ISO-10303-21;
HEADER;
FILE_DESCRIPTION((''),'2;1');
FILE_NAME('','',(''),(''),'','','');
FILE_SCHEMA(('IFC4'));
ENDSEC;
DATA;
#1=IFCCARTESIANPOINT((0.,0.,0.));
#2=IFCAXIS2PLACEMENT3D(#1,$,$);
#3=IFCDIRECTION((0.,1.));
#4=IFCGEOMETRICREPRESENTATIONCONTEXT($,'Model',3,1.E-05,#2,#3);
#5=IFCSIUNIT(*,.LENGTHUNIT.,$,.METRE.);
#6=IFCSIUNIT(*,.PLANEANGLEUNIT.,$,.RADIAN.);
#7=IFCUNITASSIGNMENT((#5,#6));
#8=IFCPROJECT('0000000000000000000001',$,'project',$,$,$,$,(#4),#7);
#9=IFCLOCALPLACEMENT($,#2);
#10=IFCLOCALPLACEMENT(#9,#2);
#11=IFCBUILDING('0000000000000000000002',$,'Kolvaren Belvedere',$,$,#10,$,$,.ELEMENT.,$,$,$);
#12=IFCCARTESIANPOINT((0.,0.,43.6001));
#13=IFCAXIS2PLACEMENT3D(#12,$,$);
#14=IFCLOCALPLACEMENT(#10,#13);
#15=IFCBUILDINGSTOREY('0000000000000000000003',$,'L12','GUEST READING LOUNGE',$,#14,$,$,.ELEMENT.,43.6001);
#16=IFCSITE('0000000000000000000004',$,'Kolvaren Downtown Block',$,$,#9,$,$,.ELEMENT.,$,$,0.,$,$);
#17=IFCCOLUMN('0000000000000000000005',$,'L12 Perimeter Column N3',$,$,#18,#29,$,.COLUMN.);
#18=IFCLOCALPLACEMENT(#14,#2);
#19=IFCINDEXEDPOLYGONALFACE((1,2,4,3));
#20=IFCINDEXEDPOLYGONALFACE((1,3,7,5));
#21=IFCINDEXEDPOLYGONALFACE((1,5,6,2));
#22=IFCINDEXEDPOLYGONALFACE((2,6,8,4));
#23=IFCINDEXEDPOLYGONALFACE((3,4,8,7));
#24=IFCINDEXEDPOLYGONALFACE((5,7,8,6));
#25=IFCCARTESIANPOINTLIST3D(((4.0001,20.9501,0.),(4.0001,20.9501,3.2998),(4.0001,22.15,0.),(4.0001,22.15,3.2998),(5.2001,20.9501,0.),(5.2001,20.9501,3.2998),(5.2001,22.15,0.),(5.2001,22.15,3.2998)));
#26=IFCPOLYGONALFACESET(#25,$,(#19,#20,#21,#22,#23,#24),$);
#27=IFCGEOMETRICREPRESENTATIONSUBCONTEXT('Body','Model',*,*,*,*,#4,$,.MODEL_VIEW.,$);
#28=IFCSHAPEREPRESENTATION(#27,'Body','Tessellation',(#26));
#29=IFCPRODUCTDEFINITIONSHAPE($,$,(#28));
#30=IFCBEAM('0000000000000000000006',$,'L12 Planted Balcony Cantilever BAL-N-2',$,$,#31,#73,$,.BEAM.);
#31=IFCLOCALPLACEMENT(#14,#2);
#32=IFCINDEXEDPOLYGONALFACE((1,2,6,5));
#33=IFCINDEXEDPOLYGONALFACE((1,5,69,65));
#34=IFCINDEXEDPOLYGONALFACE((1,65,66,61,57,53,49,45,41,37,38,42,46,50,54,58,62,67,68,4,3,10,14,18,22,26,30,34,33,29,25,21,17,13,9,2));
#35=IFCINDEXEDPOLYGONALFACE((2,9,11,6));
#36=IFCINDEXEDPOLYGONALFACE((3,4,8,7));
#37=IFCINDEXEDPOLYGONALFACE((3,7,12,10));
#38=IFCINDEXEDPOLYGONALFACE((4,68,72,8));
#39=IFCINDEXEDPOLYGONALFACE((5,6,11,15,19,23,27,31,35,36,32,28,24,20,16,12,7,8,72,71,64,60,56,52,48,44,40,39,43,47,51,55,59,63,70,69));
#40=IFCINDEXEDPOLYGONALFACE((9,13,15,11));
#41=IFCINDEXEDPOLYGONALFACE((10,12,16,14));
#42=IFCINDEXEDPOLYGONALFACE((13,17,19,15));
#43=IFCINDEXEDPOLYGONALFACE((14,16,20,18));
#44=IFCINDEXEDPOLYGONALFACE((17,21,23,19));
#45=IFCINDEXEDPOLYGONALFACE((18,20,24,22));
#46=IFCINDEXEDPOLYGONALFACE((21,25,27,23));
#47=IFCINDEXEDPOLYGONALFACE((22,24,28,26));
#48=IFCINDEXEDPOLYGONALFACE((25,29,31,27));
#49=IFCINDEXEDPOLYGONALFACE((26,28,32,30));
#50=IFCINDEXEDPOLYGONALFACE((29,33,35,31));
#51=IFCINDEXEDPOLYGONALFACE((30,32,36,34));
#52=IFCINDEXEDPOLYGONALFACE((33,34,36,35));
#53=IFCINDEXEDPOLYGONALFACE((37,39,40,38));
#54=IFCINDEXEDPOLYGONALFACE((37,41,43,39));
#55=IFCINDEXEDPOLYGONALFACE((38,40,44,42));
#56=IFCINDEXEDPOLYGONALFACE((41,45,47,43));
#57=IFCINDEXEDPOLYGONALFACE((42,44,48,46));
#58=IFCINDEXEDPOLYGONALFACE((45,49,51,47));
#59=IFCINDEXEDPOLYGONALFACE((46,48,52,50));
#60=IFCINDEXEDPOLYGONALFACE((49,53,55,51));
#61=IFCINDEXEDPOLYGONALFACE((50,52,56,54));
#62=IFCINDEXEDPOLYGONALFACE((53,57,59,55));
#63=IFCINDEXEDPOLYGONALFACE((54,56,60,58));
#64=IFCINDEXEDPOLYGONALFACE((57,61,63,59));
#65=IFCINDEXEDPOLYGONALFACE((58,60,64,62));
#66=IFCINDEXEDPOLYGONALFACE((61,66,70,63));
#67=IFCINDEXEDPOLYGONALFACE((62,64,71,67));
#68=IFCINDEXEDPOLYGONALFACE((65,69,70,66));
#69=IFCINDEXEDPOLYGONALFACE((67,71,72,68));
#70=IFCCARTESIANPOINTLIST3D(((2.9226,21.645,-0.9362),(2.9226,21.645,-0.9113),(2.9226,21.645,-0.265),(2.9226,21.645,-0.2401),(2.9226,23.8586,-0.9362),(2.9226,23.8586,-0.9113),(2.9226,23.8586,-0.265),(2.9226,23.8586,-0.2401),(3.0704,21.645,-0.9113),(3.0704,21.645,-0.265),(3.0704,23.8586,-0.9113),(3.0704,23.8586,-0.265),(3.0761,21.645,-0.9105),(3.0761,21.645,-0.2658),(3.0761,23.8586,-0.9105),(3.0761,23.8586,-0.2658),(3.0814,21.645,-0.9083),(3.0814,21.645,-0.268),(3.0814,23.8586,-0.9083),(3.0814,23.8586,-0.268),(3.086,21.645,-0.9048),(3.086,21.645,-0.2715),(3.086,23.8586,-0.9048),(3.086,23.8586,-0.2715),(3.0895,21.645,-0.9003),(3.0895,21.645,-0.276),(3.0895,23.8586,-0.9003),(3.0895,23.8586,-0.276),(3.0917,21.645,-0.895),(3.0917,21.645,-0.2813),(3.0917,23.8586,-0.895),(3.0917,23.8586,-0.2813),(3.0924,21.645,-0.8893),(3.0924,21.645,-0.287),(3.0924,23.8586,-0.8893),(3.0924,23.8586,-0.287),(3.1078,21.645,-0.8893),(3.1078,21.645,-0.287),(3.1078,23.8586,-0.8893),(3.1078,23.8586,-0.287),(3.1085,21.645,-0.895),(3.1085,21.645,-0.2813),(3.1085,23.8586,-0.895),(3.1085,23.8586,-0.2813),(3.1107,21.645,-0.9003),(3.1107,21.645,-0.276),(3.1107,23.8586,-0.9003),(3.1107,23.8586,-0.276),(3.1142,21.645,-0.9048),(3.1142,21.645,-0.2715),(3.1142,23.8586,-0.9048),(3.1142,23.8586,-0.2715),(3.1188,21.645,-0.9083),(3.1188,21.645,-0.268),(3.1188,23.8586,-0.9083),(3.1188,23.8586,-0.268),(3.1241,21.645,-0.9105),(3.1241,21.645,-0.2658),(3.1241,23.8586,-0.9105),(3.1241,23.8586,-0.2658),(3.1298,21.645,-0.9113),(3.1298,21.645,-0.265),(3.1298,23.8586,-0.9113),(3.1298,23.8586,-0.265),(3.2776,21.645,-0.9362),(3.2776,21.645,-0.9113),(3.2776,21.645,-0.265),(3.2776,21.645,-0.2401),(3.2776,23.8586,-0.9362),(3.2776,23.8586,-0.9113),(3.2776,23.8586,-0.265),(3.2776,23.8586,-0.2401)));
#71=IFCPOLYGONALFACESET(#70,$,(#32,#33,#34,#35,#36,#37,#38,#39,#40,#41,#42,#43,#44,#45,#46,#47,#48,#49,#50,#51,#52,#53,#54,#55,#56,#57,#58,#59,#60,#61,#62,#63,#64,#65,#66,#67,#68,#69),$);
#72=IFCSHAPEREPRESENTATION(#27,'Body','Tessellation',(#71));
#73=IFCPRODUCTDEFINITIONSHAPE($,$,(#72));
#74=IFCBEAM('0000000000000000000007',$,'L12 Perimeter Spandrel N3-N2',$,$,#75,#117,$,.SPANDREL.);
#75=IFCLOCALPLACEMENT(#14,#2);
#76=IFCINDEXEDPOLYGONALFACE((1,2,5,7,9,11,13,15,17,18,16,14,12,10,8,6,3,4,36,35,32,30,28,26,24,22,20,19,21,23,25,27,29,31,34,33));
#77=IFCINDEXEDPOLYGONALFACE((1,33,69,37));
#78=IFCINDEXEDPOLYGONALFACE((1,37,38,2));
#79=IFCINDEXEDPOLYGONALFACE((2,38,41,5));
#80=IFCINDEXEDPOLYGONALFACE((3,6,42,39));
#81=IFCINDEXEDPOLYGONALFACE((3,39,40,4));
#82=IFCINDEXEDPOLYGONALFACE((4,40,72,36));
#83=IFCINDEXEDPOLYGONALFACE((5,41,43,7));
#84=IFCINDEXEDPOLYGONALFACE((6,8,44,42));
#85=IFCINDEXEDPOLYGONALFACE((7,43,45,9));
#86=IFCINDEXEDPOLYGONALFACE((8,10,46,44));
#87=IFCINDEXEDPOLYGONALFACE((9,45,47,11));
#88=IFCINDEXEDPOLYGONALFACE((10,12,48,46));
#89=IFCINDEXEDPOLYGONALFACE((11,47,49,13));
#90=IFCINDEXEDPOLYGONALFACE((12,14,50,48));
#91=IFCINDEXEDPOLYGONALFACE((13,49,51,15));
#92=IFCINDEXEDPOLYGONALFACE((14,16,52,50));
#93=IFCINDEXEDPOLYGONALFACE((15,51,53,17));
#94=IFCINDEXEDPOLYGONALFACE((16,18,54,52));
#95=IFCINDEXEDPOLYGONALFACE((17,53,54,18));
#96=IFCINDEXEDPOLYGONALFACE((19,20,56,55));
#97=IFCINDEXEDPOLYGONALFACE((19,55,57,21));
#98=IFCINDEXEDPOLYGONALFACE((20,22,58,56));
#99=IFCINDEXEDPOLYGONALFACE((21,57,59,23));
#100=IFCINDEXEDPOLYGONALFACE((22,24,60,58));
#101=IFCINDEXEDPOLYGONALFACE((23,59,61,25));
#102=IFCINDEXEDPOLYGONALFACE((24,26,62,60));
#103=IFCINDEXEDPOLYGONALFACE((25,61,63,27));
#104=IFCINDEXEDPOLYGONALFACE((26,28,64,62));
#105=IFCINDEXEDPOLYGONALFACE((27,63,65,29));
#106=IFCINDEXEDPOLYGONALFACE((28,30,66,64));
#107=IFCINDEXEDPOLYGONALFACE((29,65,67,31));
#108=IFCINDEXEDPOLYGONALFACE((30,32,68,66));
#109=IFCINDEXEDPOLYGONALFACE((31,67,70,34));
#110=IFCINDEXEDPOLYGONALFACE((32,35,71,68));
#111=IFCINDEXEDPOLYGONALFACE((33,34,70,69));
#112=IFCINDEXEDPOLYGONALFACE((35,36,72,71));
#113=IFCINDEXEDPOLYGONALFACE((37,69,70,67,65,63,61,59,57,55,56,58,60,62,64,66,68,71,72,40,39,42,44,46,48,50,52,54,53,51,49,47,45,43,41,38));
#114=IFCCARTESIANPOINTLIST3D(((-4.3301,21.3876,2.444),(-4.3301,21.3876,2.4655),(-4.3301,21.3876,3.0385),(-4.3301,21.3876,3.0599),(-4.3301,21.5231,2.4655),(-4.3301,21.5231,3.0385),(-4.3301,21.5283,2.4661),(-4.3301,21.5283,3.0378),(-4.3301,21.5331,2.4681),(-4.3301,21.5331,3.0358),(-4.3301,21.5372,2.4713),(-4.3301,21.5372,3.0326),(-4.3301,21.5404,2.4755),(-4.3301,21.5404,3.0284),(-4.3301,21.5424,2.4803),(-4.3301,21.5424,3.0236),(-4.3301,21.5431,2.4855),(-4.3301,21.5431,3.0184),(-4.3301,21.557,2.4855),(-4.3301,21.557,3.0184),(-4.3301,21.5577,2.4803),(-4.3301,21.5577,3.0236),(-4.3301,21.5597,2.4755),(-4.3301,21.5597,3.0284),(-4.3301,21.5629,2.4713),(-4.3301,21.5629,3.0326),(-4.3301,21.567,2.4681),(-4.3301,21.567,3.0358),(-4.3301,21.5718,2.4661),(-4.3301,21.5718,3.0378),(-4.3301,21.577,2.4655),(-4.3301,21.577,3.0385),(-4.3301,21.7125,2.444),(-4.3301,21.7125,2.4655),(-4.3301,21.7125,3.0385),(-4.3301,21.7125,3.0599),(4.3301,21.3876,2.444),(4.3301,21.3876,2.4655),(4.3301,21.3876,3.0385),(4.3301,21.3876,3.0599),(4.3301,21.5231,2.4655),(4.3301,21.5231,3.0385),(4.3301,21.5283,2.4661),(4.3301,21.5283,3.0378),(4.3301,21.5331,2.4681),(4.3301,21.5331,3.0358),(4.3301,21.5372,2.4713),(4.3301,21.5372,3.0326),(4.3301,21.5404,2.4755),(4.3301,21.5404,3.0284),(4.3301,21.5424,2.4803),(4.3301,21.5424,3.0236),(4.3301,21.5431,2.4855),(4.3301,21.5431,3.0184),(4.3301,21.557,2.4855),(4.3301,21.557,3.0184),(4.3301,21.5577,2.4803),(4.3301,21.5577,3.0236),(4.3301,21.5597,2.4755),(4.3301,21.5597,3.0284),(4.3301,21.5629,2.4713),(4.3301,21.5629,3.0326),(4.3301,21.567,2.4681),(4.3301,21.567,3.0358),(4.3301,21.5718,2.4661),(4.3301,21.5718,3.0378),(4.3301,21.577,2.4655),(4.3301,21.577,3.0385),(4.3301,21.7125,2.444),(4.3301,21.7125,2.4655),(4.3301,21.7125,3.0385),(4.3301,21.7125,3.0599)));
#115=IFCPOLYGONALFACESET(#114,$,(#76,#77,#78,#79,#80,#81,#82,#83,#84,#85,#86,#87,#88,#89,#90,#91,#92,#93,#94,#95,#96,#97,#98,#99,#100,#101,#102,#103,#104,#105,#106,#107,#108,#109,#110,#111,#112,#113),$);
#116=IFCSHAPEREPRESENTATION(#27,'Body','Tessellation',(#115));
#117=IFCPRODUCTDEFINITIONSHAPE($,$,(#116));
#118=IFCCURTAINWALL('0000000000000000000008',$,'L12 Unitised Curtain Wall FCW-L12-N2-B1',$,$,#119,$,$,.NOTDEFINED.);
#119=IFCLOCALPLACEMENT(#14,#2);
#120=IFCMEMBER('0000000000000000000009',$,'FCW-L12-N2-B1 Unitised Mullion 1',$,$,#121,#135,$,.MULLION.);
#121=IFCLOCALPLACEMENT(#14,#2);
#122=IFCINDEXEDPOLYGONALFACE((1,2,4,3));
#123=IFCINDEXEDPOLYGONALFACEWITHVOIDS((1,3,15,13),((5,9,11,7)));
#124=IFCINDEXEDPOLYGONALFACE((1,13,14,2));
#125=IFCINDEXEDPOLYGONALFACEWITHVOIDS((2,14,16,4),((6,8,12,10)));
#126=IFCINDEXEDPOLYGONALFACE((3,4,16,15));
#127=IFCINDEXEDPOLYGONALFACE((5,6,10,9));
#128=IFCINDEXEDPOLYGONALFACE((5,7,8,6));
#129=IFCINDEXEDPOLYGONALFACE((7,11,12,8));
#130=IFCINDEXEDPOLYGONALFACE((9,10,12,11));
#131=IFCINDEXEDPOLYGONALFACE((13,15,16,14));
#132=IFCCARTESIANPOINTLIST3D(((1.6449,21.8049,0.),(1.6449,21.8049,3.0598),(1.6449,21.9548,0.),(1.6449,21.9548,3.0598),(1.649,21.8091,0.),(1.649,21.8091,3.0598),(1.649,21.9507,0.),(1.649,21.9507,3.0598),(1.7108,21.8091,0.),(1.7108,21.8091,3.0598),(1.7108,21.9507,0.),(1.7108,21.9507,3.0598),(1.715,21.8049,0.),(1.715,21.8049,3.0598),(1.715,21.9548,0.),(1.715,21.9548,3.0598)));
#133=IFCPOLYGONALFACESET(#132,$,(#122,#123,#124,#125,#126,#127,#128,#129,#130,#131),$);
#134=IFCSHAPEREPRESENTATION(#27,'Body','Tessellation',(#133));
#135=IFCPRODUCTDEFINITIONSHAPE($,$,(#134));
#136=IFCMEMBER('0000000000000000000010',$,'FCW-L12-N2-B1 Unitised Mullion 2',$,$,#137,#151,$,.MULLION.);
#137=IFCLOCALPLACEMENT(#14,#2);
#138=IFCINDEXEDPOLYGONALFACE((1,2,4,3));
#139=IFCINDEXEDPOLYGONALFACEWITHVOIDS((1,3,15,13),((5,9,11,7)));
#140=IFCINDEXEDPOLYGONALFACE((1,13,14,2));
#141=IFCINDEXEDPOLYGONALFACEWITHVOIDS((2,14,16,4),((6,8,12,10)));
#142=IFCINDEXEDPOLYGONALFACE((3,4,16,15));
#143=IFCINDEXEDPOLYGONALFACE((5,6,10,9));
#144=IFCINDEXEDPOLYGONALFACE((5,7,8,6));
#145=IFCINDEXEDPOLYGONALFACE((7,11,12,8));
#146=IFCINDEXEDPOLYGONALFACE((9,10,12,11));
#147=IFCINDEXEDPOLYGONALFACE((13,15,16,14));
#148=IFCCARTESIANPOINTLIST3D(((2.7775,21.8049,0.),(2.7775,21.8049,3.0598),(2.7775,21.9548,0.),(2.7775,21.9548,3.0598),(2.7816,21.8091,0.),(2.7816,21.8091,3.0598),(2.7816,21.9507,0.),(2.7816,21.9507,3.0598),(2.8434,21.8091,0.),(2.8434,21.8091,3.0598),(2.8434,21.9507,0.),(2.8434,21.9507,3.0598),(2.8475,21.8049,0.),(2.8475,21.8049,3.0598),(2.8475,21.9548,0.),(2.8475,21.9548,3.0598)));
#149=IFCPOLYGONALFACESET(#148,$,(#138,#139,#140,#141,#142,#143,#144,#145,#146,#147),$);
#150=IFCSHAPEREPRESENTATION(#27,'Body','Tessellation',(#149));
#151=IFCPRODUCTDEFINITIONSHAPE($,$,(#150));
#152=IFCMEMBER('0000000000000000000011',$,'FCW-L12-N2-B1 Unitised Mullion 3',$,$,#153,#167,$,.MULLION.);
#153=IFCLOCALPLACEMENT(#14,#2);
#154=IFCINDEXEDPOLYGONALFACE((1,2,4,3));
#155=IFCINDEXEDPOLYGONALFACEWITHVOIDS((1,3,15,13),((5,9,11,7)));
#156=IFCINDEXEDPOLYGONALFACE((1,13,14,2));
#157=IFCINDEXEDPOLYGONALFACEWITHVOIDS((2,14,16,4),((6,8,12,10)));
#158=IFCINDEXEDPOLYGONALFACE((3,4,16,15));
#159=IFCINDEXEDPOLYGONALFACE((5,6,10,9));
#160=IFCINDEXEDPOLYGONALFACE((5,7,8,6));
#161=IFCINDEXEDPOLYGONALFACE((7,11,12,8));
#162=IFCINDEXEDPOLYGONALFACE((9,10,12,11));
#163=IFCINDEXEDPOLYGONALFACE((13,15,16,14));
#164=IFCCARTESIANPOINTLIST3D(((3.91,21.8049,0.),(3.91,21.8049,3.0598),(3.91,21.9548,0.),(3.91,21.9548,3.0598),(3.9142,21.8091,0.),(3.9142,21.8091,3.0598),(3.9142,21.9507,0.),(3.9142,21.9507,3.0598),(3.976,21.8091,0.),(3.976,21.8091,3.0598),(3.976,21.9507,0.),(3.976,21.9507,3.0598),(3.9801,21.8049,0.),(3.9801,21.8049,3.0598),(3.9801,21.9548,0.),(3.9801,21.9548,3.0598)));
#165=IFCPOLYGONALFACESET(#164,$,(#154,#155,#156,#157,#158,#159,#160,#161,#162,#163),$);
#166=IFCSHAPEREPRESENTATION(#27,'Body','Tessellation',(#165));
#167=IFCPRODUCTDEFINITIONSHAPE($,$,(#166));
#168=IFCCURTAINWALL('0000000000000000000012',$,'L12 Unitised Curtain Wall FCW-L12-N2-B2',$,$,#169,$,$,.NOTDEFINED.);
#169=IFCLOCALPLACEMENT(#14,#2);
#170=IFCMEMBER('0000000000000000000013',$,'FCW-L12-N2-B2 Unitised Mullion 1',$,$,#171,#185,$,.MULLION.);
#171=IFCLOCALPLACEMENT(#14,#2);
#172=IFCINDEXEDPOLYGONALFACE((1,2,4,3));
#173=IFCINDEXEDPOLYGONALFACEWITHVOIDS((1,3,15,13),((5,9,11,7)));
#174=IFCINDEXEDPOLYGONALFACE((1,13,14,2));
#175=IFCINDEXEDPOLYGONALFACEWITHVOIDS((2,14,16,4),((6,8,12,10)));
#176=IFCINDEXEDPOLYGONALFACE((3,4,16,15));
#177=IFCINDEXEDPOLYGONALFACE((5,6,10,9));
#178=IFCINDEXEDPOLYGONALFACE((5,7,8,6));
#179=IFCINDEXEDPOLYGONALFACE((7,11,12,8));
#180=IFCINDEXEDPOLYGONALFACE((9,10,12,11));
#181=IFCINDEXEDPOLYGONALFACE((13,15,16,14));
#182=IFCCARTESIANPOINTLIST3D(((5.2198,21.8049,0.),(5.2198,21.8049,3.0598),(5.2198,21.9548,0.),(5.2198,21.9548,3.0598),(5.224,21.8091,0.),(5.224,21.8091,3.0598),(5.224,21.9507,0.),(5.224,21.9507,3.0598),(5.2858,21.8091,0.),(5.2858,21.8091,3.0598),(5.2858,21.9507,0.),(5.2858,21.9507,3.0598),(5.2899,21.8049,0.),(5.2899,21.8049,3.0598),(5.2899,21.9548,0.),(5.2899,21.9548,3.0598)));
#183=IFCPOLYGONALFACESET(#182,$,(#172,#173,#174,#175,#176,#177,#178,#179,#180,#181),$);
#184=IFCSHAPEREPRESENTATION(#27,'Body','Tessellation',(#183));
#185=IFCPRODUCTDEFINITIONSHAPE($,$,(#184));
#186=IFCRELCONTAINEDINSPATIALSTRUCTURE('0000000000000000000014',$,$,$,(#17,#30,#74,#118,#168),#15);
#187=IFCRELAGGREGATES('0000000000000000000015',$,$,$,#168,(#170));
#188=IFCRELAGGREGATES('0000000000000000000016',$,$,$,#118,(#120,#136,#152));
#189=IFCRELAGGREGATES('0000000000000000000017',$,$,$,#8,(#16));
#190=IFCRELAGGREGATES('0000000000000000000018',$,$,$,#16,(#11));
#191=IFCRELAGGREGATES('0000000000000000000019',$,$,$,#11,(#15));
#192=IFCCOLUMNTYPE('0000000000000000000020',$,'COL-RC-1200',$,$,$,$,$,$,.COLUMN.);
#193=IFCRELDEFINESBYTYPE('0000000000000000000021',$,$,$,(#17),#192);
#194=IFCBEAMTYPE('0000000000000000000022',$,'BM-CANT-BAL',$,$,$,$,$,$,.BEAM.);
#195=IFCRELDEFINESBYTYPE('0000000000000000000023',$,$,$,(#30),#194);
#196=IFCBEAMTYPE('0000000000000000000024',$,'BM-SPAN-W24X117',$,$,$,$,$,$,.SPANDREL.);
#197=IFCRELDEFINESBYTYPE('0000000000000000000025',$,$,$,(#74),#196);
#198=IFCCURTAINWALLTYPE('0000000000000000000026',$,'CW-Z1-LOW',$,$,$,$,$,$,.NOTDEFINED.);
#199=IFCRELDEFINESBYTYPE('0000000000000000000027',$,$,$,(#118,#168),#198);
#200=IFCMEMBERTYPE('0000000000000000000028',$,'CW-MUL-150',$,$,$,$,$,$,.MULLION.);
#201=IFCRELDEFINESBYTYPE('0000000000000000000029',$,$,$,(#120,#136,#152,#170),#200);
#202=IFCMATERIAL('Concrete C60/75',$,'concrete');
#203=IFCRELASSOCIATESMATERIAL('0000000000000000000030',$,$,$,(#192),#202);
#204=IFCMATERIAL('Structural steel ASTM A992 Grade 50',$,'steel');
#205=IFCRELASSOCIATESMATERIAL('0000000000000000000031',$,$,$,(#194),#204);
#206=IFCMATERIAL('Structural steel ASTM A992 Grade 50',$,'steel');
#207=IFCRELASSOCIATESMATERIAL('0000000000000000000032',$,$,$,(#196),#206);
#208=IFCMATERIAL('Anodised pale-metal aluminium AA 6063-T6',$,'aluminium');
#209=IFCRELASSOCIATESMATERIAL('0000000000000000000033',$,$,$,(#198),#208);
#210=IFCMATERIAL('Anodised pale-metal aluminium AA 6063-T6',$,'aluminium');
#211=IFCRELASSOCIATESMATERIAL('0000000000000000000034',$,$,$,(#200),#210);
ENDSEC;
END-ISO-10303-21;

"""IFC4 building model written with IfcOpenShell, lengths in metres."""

from ifc_helpers import new_model, si_unit, direction, frame, origin, origin_2d, place, context, subcontext, project, spatial, rectangle, hollow_rectangle, i_section, extrude, material, material_profile, profile_set, type_object, element, aggregate, save


model = new_model("IFC4")

# Units and contexts
model_context = context("Model", 3, precision=1e-05, world=origin(), true_north=direction((0.0, 1.0)))
body_context = subcontext(model_context, "Body", "Model", "MODEL_VIEW")
ifc_project = project(units=[si_unit("LENGTHUNIT", "METRE"), si_unit("PLANEANGLEUNIT", "RADIAN")], contexts=[model_context])

# Site, building, storey
site_placement = place(None, origin())
site = spatial("IfcSite", under=ifc_project, at=site_placement, Name="Kolvaren Downtown Block", CompositionType="ELEMENT", RefElevation=0.0)
building_placement = place(site_placement, origin())
building = spatial("IfcBuilding", under=site, at=building_placement, Name="Kolvaren Belvedere", CompositionType="ELEMENT")
storey_placement = place(building_placement, frame((0.0, 0.0, 43.6001)))
storey = spatial("IfcBuildingStorey", under=building, at=storey_placement, Name="L12", Description="GUEST READING LOUNGE", CompositionType="ELEMENT", Elevation=43.6001)

# Column
ifc_material_1 = material(Name="Concrete C60/75", Category="concrete")
ifc_material_profile_1 = material_profile(ifc_material_1, rectangle(XDim=1.2, YDim=1.2, at=origin_2d()), Name="RC 1200X1200")
ifc_profile_set_1 = profile_set([ifc_material_profile_1], Name="Concrete C60/75")
column_type = type_object("IfcColumnType", Name="COL-RC-1200", PredefinedType="COLUMN", material=ifc_profile_set_1)
column_placement = place(storey_placement, frame((4.6001, 21.55, 0.0), z_axis=(0.0, 0.0, 1.0), x_axis=(1.0, 0.0, 0.0)))
element("IfcColumn", 1, at=column_placement, inside=storey, type_object=column_type, Name="L12 Perimeter Column N3", PredefinedType="COLUMN", context=body_context, shape_type="SweptSolid", body=[
    extrude(rectangle(XDim=1.2, YDim=1.2, at=origin_2d()), origin(), (0.0, 0.0, 1.0), 3.2998),
])

# Beams
ifc_material_2 = material(Name="Structural steel ASTM A992 Grade 50", Category="steel")
ifc_material_profile_2 = material_profile(ifc_material_2, i_section(OverallWidth=0.355, OverallDepth=0.696, WebThickness=0.0154, FlangeThickness=0.0249, FilletRadius=0.022, at=origin_2d()), Name="W27X146")
ifc_profile_set_2 = profile_set([ifc_material_profile_2], Name="Structural steel ASTM A992 Grade 50")
beam_type_1 = type_object("IfcBeamType", Name="BM-CANT-BAL", PredefinedType="BEAM", material=ifc_profile_set_2)
beam_1_placement = place(storey_placement, frame((3.1001, 21.645, -0.5881), z_axis=(0.0, 1.0, 0.0), x_axis=(-1.0, 0.0, 0.0)))
element("IfcBeam", 2, at=beam_1_placement, inside=storey, type_object=beam_type_1, Name="L12 Planted Balcony Cantilever BAL-N-2", PredefinedType="BEAM", context=body_context, shape_type="SweptSolid", body=[
    extrude(i_section(OverallWidth=0.355, OverallDepth=0.696, WebThickness=0.0154, FlangeThickness=0.0249, FilletRadius=0.022, at=origin_2d()), origin(), (0.0, 0.0, 1.0), 2.2136),
])
ifc_material_3 = material(Name="Structural steel ASTM A992 Grade 50", Category="steel")
ifc_material_profile_3 = material_profile(ifc_material_3, i_section(OverallWidth=0.325, OverallDepth=0.616, WebThickness=0.0139, FlangeThickness=0.0215, FilletRadius=0.02, at=origin_2d()), Name="W24X117")
ifc_profile_set_3 = profile_set([ifc_material_profile_3], Name="Structural steel ASTM A992 Grade 50")
beam_type_2 = type_object("IfcBeamType", Name="BM-SPAN-W24X117", PredefinedType="SPANDREL", material=ifc_profile_set_3)
beam_2_placement = place(storey_placement, frame((4.3301, 21.55, 2.752), z_axis=(-1.0, 0.0, 0.0), x_axis=(0.0, -1.0, 0.0)))
element("IfcBeam", 3, at=beam_2_placement, inside=storey, type_object=beam_type_2, Name="L12 Perimeter Spandrel N3-N2", PredefinedType="SPANDREL", context=body_context, shape_type="SweptSolid", body=[
    extrude(i_section(OverallWidth=0.325, OverallDepth=0.616, WebThickness=0.0139, FlangeThickness=0.0215, FilletRadius=0.02, at=origin_2d()), origin(), (0.0, 0.0, 1.0), 8.6602),
])

# Curtain wall, members
ifc_material_4 = material(Name="Anodised pale-metal aluminium AA 6063-T6", Category="aluminium")
curtain_wall_type = type_object("IfcCurtainWallType", Name="CW-Z1-LOW", PredefinedType="NOTDEFINED", material=ifc_material_4)
curtain_wall_1_placement = place(storey_placement, origin())
curtain_wall_1 = element("IfcCurtainWall", 4, at=curtain_wall_1_placement, inside=storey, type_object=curtain_wall_type, Name="L12 Unitised Curtain Wall FCW-L12-N2-B1", PredefinedType="NOTDEFINED")
ifc_material_5 = material(Name="Anodised pale-metal aluminium AA 6063-T6", Category="aluminium")
ifc_material_profile_4 = material_profile(ifc_material_5, hollow_rectangle(XDim=0.0701, YDim=0.1499, WallThickness=0.0042, at=origin_2d()), Name="ALU-MUL-150X70")
ifc_profile_set_4 = profile_set([ifc_material_profile_4], Name="Anodised pale-metal aluminium AA 6063-T6")
member_type_1 = type_object("IfcMemberType", Name="CW-MUL-150", PredefinedType="MULLION", material=ifc_profile_set_4)
member_1_placement = place(storey_placement, frame((1.6799, 21.8799, 0.0), z_axis=(0.0, 0.0, 1.0), x_axis=(1.0, 0.0, 0.0)))
member_1 = element("IfcMember", 5, at=member_1_placement, type_object=member_type_1, Name="FCW-L12-N2-B1 Unitised Mullion 1", PredefinedType="MULLION", context=body_context, shape_type="SweptSolid", body=[
    extrude(hollow_rectangle(XDim=0.0701, YDim=0.1499, WallThickness=0.0042, at=origin_2d()), origin(), (0.0, 0.0, 1.0), 3.0598),
])
member_2_placement = place(storey_placement, frame((2.8125, 21.8799, 0.0), z_axis=(0.0, 0.0, 1.0), x_axis=(1.0, 0.0, 0.0)))
member_2 = element("IfcMember", 6, at=member_2_placement, type_object=member_type_1, Name="FCW-L12-N2-B1 Unitised Mullion 2", PredefinedType="MULLION", context=body_context, shape_type="SweptSolid", body=[
    extrude(hollow_rectangle(XDim=0.0701, YDim=0.1499, WallThickness=0.0042, at=origin_2d()), origin(), (0.0, 0.0, 1.0), 3.0598),
])
member_3_placement = place(storey_placement, frame((3.9451, 21.8799, 0.0), z_axis=(0.0, 0.0, 1.0), x_axis=(1.0, 0.0, 0.0)))
member_3 = element("IfcMember", 7, at=member_3_placement, type_object=member_type_1, Name="FCW-L12-N2-B1 Unitised Mullion 3", PredefinedType="MULLION", context=body_context, shape_type="SweptSolid", body=[
    extrude(hollow_rectangle(XDim=0.0701, YDim=0.1499, WallThickness=0.0042, at=origin_2d()), origin(), (0.0, 0.0, 1.0), 3.0598),
])

# Curtain wall, member
curtain_wall_2_placement = place(storey_placement, origin())
curtain_wall_2 = element("IfcCurtainWall", 8, at=curtain_wall_2_placement, inside=storey, type_object=curtain_wall_type, Name="L12 Unitised Curtain Wall FCW-L12-N2-B2", PredefinedType="NOTDEFINED")
member_4_placement = place(storey_placement, frame((5.2549, 21.8799, 0.0), z_axis=(0.0, 0.0, 1.0), x_axis=(1.0, 0.0, 0.0)))
member_4 = element("IfcMember", 9, at=member_4_placement, type_object=member_type_1, Name="FCW-L12-N2-B2 Unitised Mullion 1", PredefinedType="MULLION", context=body_context, shape_type="SweptSolid", body=[
    extrude(hollow_rectangle(XDim=0.0701, YDim=0.1499, WallThickness=0.0042, at=origin_2d()), origin(), (0.0, 0.0, 1.0), 3.0598),
])

aggregate(curtain_wall_2, [member_4])

aggregate(curtain_wall_1, [member_1, member_2, member_3])

save(model, "model.ifc")
